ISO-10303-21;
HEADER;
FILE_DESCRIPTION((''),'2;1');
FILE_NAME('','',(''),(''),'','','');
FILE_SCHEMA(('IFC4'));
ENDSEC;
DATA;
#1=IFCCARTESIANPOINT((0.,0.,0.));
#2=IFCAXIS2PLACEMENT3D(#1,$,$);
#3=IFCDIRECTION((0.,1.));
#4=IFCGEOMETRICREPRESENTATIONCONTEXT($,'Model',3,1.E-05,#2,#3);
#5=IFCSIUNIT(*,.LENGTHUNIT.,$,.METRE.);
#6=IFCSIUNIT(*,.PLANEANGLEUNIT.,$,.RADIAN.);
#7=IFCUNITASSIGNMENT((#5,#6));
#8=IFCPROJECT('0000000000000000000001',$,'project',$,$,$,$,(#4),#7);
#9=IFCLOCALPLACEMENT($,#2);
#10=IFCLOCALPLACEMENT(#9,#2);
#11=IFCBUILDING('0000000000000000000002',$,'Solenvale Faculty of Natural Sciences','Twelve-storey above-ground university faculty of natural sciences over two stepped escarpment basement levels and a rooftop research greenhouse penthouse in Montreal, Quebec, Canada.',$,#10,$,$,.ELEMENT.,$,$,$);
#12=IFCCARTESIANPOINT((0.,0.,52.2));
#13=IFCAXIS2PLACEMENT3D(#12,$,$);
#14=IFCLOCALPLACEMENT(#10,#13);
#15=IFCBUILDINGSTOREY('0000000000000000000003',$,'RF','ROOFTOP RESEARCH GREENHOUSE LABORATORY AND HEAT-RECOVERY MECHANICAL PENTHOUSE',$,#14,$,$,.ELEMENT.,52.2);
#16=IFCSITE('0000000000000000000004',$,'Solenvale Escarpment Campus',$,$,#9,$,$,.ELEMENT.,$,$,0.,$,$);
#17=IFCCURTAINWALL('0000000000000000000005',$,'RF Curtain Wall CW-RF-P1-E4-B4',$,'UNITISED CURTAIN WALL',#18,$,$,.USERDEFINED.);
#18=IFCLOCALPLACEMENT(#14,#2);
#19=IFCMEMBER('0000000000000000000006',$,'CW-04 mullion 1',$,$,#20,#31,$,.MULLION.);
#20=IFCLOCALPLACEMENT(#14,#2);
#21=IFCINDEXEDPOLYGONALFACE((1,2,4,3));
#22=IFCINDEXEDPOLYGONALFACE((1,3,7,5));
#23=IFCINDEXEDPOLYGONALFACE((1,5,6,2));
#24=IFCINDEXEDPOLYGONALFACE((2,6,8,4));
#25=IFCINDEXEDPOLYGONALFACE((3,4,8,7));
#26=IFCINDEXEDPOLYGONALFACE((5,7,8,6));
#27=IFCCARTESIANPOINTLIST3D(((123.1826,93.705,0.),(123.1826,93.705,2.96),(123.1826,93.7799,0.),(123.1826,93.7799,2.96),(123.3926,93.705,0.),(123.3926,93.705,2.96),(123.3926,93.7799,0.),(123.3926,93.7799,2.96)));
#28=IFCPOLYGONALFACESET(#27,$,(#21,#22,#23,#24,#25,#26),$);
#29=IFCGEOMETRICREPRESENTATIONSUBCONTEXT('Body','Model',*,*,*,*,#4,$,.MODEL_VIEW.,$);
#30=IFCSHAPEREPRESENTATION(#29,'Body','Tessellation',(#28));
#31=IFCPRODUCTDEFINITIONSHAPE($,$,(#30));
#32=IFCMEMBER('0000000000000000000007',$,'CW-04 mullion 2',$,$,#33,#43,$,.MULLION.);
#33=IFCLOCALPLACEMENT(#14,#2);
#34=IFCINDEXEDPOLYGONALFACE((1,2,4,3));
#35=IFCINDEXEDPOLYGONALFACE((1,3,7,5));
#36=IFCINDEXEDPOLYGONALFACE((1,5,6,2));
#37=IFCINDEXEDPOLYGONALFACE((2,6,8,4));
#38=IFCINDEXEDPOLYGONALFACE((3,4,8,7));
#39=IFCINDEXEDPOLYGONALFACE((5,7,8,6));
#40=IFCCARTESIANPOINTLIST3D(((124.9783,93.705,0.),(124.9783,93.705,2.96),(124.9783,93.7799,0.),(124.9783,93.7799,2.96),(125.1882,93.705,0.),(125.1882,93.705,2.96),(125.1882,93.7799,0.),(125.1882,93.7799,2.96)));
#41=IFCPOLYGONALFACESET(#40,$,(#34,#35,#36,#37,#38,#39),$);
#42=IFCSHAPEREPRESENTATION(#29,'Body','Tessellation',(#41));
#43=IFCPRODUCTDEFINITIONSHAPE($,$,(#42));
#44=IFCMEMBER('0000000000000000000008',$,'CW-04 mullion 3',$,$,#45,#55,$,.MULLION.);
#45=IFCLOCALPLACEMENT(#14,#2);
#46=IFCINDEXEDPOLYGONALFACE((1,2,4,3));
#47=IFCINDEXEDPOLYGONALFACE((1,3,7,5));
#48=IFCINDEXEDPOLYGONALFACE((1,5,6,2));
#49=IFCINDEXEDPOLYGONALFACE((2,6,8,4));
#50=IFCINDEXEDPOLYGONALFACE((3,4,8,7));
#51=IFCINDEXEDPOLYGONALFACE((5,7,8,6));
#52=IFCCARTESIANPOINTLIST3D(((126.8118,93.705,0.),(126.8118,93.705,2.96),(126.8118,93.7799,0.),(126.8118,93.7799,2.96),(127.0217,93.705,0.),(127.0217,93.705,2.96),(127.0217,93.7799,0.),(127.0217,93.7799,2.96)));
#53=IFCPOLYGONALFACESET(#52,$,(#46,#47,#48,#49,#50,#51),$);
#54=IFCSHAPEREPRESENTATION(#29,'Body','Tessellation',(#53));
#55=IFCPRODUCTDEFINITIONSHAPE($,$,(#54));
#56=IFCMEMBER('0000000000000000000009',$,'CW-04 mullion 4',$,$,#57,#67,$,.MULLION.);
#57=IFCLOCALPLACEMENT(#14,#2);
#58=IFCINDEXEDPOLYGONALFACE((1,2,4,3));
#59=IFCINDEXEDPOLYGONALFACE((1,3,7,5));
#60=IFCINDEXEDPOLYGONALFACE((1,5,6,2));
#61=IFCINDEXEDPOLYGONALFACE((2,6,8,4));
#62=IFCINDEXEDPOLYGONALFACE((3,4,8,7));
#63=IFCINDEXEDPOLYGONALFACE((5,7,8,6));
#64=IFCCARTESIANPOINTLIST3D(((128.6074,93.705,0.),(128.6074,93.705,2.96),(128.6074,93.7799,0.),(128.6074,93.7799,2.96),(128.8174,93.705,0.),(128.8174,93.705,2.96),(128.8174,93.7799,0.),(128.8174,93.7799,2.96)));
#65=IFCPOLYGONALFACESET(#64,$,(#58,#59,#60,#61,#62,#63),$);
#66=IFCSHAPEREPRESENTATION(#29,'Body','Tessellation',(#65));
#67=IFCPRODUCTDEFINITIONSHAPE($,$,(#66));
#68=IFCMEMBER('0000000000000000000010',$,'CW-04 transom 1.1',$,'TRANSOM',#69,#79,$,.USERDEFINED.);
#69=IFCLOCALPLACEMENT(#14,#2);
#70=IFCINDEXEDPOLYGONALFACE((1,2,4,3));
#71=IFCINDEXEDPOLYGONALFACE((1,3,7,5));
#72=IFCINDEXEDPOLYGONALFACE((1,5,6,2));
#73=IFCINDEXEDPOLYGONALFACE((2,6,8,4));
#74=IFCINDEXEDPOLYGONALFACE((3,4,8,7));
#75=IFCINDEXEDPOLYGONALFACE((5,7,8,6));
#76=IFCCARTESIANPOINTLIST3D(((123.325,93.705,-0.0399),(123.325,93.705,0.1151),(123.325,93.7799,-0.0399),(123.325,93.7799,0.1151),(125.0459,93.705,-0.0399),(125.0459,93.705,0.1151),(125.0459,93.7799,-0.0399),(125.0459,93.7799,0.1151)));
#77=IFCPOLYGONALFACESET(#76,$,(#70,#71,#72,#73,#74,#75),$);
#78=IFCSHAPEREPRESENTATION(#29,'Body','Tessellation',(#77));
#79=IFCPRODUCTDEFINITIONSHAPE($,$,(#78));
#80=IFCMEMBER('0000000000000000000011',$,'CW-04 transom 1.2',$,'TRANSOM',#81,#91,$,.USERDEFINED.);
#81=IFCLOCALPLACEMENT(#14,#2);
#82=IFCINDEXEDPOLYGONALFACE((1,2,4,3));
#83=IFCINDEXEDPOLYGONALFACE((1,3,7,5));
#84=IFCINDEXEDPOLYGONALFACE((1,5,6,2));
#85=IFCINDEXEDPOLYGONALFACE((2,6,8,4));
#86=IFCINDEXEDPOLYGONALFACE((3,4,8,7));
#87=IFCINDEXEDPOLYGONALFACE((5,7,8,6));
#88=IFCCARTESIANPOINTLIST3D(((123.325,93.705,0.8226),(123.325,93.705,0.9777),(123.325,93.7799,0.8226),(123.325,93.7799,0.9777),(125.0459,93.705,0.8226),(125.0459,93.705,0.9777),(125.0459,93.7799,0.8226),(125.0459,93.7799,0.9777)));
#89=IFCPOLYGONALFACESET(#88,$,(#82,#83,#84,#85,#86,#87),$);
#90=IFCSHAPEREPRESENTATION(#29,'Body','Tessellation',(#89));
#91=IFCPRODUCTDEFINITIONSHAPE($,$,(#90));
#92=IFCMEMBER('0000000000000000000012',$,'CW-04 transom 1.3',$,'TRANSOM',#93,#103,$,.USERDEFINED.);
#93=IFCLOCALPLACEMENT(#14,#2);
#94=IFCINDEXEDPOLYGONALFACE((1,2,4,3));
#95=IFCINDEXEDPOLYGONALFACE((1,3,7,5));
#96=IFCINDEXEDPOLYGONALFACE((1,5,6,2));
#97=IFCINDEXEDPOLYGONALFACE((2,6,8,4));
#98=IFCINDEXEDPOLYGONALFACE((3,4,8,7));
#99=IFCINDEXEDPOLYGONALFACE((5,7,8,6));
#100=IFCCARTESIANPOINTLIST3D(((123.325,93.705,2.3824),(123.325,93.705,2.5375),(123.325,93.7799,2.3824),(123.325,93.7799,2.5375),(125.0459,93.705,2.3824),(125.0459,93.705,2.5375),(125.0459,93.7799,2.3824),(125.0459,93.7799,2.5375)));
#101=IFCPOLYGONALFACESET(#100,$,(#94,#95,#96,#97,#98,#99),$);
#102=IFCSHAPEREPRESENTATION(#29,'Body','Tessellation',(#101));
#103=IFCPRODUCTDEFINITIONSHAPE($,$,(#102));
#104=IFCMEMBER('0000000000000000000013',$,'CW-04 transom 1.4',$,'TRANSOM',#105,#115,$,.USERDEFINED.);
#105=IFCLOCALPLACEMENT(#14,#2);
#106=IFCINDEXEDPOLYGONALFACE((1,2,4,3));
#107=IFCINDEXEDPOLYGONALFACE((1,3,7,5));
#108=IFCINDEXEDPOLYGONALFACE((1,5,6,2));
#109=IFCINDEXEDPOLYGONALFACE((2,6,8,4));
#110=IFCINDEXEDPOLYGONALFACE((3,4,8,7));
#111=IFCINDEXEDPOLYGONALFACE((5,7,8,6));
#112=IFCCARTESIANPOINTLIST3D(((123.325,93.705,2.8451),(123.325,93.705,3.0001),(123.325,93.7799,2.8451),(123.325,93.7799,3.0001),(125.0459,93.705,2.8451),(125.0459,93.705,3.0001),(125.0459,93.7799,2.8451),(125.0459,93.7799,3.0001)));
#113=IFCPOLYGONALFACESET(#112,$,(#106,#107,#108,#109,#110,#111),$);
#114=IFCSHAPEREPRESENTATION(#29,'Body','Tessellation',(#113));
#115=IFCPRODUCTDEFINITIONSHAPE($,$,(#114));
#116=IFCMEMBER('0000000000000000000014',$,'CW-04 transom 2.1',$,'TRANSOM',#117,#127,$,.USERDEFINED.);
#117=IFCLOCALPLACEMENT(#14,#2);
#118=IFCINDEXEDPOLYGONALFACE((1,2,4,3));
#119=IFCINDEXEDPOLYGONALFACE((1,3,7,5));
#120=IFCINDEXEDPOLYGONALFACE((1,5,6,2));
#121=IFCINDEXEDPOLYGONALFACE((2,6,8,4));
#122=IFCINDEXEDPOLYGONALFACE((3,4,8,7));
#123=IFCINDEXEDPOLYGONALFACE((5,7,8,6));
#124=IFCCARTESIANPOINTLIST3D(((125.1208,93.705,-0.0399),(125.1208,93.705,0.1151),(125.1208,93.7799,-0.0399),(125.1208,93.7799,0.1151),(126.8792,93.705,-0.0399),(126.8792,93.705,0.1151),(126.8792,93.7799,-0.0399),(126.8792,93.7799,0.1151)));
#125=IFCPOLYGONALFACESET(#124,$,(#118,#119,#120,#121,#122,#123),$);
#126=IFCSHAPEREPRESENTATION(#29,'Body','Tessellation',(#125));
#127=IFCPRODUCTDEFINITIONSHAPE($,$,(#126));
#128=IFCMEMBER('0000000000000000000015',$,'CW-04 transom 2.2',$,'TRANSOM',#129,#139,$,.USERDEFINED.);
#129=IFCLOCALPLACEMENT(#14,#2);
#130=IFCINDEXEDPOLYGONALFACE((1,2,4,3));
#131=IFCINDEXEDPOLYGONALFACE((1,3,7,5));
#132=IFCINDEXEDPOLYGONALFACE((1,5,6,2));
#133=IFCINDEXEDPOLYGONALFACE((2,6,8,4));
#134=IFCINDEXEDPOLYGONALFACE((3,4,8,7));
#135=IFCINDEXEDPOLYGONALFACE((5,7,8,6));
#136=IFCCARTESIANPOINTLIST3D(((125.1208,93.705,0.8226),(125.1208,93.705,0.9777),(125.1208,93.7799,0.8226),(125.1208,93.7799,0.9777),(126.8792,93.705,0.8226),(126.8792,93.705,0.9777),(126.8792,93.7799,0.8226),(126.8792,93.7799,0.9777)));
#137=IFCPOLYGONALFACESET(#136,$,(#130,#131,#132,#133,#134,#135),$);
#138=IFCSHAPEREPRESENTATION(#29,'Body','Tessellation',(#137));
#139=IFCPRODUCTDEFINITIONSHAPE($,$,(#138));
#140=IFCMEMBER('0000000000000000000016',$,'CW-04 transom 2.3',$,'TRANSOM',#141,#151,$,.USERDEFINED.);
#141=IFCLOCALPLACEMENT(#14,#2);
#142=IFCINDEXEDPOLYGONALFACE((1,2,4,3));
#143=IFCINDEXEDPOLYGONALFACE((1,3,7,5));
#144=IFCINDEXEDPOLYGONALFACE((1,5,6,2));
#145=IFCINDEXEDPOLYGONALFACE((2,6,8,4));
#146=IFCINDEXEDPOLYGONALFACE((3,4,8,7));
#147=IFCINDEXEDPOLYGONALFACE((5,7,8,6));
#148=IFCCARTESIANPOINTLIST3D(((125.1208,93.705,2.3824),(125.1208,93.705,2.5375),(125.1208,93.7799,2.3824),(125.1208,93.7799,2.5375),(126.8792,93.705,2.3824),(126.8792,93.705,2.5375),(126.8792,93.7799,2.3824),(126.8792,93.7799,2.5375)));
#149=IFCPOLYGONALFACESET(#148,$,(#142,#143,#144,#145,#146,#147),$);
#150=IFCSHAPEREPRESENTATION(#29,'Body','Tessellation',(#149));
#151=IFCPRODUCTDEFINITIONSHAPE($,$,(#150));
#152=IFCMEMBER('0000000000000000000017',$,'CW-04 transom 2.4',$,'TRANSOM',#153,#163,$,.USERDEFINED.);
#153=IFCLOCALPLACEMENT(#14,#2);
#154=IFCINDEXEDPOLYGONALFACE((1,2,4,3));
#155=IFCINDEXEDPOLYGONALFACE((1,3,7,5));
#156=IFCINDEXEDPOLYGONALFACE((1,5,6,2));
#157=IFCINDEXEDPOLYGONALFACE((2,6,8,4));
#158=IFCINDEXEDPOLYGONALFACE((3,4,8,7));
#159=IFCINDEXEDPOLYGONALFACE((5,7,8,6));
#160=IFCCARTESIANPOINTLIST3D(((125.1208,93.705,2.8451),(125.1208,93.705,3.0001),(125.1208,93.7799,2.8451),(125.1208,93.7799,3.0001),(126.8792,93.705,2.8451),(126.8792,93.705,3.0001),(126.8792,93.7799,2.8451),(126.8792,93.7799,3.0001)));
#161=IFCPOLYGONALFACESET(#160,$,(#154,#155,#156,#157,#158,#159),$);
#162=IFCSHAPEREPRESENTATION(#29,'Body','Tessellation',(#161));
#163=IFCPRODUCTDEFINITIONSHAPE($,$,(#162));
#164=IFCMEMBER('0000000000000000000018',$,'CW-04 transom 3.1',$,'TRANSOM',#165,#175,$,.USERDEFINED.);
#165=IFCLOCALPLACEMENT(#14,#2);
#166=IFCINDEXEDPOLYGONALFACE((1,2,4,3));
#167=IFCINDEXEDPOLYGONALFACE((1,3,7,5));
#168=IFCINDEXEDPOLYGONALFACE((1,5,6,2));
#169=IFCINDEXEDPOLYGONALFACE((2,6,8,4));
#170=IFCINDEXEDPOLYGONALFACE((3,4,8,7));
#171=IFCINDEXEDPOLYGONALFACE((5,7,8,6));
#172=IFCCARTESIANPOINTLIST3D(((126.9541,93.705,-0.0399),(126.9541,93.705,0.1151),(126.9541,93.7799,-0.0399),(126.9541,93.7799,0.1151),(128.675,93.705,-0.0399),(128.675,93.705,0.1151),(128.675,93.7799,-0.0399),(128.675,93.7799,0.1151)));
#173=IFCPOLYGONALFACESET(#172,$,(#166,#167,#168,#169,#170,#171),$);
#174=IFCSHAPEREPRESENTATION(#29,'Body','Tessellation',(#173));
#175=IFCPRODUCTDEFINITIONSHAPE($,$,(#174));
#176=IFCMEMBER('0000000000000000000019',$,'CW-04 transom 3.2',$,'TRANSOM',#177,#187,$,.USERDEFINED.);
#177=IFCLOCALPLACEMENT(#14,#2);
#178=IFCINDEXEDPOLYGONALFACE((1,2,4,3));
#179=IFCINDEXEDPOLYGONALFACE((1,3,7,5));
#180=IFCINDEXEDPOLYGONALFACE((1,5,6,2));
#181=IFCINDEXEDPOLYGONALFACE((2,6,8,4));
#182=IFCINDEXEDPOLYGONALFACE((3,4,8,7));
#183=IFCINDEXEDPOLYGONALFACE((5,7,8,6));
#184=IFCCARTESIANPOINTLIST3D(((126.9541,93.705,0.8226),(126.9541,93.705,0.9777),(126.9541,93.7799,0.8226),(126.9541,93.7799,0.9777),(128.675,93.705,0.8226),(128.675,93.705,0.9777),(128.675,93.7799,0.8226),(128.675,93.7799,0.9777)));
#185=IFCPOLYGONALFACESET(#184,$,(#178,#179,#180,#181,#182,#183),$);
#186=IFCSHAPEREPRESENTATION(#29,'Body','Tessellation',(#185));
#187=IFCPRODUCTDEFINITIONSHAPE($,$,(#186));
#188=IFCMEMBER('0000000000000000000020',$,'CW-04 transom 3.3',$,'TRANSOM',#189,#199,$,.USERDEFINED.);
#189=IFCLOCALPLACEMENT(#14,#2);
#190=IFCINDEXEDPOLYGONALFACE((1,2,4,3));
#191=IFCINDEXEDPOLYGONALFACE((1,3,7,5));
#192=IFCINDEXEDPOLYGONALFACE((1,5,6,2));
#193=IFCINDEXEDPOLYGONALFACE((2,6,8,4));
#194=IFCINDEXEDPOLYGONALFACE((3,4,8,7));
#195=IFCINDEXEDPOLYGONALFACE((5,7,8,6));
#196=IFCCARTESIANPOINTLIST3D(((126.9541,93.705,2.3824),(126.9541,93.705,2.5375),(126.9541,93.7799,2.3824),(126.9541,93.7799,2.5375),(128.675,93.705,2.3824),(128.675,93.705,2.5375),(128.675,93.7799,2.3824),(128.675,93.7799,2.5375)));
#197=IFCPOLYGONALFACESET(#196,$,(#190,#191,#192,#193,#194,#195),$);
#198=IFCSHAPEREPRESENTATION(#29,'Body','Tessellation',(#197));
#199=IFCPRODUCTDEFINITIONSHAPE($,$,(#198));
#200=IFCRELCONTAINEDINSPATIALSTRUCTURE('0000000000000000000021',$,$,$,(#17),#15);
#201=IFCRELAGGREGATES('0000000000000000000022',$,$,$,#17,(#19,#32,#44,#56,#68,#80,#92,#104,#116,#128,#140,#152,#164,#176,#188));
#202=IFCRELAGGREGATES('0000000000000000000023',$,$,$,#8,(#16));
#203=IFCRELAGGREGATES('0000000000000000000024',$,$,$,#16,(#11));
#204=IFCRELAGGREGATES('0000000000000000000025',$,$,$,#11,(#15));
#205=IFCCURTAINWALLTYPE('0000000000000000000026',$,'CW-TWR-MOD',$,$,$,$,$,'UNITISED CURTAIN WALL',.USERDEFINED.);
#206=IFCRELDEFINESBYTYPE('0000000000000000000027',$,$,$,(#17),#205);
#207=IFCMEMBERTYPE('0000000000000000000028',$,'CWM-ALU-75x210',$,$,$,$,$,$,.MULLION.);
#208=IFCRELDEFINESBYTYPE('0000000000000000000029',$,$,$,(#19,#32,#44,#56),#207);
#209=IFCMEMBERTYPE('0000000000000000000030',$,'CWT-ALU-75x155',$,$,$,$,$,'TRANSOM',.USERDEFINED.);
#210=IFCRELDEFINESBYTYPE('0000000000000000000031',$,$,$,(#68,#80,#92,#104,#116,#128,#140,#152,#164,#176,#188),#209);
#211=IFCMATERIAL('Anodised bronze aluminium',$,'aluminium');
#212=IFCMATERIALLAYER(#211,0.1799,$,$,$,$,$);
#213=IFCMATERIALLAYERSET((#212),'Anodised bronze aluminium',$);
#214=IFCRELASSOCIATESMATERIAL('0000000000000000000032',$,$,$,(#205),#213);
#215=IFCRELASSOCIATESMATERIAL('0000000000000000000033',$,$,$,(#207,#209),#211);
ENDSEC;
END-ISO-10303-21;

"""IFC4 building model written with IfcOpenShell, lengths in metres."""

from ifc_helpers import new_model, si_unit, direction, frame, origin, origin_2d, place, context, subcontext, project, spatial, rectangle, extrude, material, layer, layer_set, material_profile, profile_set, type_object, element, aggregate, save


model = new_model("IFC4")

# Units and contexts
model_context = context("Model", 3, precision=1e-05, world=origin(), true_north=direction((0.0, 1.0)))
body_context = subcontext(model_context, "Body", "Model", "MODEL_VIEW")
ifc_project = project(units=[si_unit("LENGTHUNIT", "METRE"), si_unit("PLANEANGLEUNIT", "RADIAN")], contexts=[model_context])

# Site, building, storey
site_placement = place(None, origin())
site = spatial("IfcSite", under=ifc_project, at=site_placement, Name="Solenvale Escarpment Campus", CompositionType="ELEMENT", RefElevation=0.0)
building_placement = place(site_placement, origin())
building = spatial("IfcBuilding", under=site, at=building_placement, Name="Solenvale Faculty of Natural Sciences", Description="Twelve-storey above-ground university faculty of natural sciences over two stepped escarpment basement levels and a rooftop research greenhouse penthouse in Montreal, Quebec, Canada.", CompositionType="ELEMENT")
storey_placement = place(building_placement, frame((0.0, 0.0, 52.2)))
storey = spatial("IfcBuildingStorey", under=building, at=storey_placement, Name="RF", Description="ROOFTOP RESEARCH GREENHOUSE LABORATORY AND HEAT-RECOVERY MECHANICAL PENTHOUSE", CompositionType="ELEMENT", Elevation=52.2)

# Curtain wall, members
ifc_material_1 = material(Name="Anodised bronze aluminium", Category="aluminium")
ifc_layer_1 = layer(ifc_material_1, 0.1799)
ifc_layer_set_1 = layer_set([ifc_layer_1], Name="Anodised bronze aluminium")
curtain_wall_type = type_object("IfcCurtainWallType", Name="CW-TWR-MOD", ElementType="UNITISED CURTAIN WALL", PredefinedType="USERDEFINED", material=ifc_layer_set_1)
curtain_wall_placement = place(storey_placement, origin())
curtain_wall = element("IfcCurtainWall", 1, at=curtain_wall_placement, inside=storey, type_object=curtain_wall_type, Name="RF Curtain Wall CW-RF-P1-E4-B4", ObjectType="UNITISED CURTAIN WALL", PredefinedType="USERDEFINED")
ifc_material_profile_1 = material_profile(ifc_material_1, rectangle(XDim=0.075, YDim=0.21, at=origin_2d()), Name="ALU-MUL-75x210")
ifc_profile_set_1 = profile_set([ifc_material_profile_1], Name="Anodised bronze aluminium")
member_type_1 = type_object("IfcMemberType", Name="CWM-ALU-75x210", PredefinedType="MULLION", material=ifc_profile_set_1)
member_1_placement = place(storey_placement, frame((123.2876, 93.7424, 0.0), z_axis=(0.0, 0.0, 1.0), x_axis=(0.0, 1.0, 0.0)))
member_1 = element("IfcMember", 2, at=member_1_placement, type_object=member_type_1, Name="CW-04 mullion 1", PredefinedType="MULLION", context=body_context, shape_type="SweptSolid", body=[
    extrude(rectangle(XDim=0.075, YDim=0.21, at=origin_2d()), origin(), (0.0, 0.0, 1.0), 2.96),
])
member_2_placement = place(storey_placement, frame((125.0833, 93.7424, 0.0), z_axis=(0.0, 0.0, 1.0), x_axis=(0.0, 1.0, 0.0)))
member_2 = element("IfcMember", 3, at=member_2_placement, type_object=member_type_1, Name="CW-04 mullion 2", PredefinedType="MULLION", context=body_context, shape_type="SweptSolid", body=[
    extrude(rectangle(XDim=0.075, YDim=0.21, at=origin_2d()), origin(), (0.0, 0.0, 1.0), 2.96),
])
member_3_placement = place(storey_placement, frame((126.9167, 93.7424, 0.0), z_axis=(0.0, 0.0, 1.0), x_axis=(0.0, 1.0, 0.0)))
member_3 = element("IfcMember", 4, at=member_3_placement, type_object=member_type_1, Name="CW-04 mullion 3", PredefinedType="MULLION", context=body_context, shape_type="SweptSolid", body=[
    extrude(rectangle(XDim=0.075, YDim=0.21, at=origin_2d()), origin(), (0.0, 0.0, 1.0), 2.96),
])
member_4_placement = place(storey_placement, frame((128.7124, 93.7424, 0.0), z_axis=(0.0, 0.0, 1.0), x_axis=(0.0, 1.0, 0.0)))
member_4 = element("IfcMember", 5, at=member_4_placement, type_object=member_type_1, Name="CW-04 mullion 4", PredefinedType="MULLION", context=body_context, shape_type="SweptSolid", body=[
    extrude(rectangle(XDim=0.075, YDim=0.21, at=origin_2d()), origin(), (0.0, 0.0, 1.0), 2.96),
])
ifc_material_profile_2 = material_profile(ifc_material_1, rectangle(XDim=0.075, YDim=0.155, at=origin_2d()), Name="ALU-TRN-75x155")
ifc_profile_set_2 = profile_set([ifc_material_profile_2], Name="Anodised bronze aluminium")
member_type_2 = type_object("IfcMemberType", Name="CWT-ALU-75x155", ElementType="TRANSOM", PredefinedType="USERDEFINED", material=ifc_profile_set_2)
member_5_placement = place(storey_placement, frame((123.325, 93.7424, 0.0376), z_axis=(1.0, 0.0, 0.0), x_axis=(0.0, 1.0, 0.0)))
member_5 = element("IfcMember", 6, at=member_5_placement, type_object=member_type_2, Name="CW-04 transom 1.1", ObjectType="TRANSOM", PredefinedType="USERDEFINED", context=body_context, shape_type="SweptSolid", body=[
    extrude(rectangle(XDim=0.075, YDim=0.155, at=origin_2d()), origin(), (0.0, 0.0, 1.0), 1.7209),
])
member_6_placement = place(storey_placement, frame((123.325, 93.7424, 0.9001), z_axis=(1.0, 0.0, 0.0), x_axis=(0.0, 1.0, 0.0)))
member_6 = element("IfcMember", 7, at=member_6_placement, type_object=member_type_2, Name="CW-04 transom 1.2", ObjectType="TRANSOM", PredefinedType="USERDEFINED", context=body_context, shape_type="SweptSolid", body=[
    extrude(rectangle(XDim=0.075, YDim=0.155, at=origin_2d()), origin(), (0.0, 0.0, 1.0), 1.7209),
])
member_7_placement = place(storey_placement, frame((123.325, 93.7424, 2.46), z_axis=(1.0, 0.0, 0.0), x_axis=(0.0, 1.0, 0.0)))
member_7 = element("IfcMember", 8, at=member_7_placement, type_object=member_type_2, Name="CW-04 transom 1.3", ObjectType="TRANSOM", PredefinedType="USERDEFINED", context=body_context, shape_type="SweptSolid", body=[
    extrude(rectangle(XDim=0.075, YDim=0.155, at=origin_2d()), origin(), (0.0, 0.0, 1.0), 1.7209),
])
member_8_placement = place(storey_placement, frame((123.325, 93.7424, 2.9226), z_axis=(1.0, 0.0, 0.0), x_axis=(0.0, 1.0, 0.0)))
member_8 = element("IfcMember", 9, at=member_8_placement, type_object=member_type_2, Name="CW-04 transom 1.4", ObjectType="TRANSOM", PredefinedType="USERDEFINED", context=body_context, shape_type="SweptSolid", body=[
    extrude(rectangle(XDim=0.075, YDim=0.155, at=origin_2d()), origin(), (0.0, 0.0, 1.0), 1.7209),
])
member_9_placement = place(storey_placement, frame((125.1208, 93.7424, 0.0376), z_axis=(1.0, 0.0, 0.0), x_axis=(0.0, 1.0, 0.0)))
member_9 = element("IfcMember", 10, at=member_9_placement, type_object=member_type_2, Name="CW-04 transom 2.1", ObjectType="TRANSOM", PredefinedType="USERDEFINED", context=body_context, shape_type="SweptSolid", body=[
    extrude(rectangle(XDim=0.075, YDim=0.155, at=origin_2d()), origin(), (0.0, 0.0, 1.0), 1.7583),
])
member_10_placement = place(storey_placement, frame((125.1208, 93.7424, 0.9001), z_axis=(1.0, 0.0, 0.0), x_axis=(0.0, 1.0, 0.0)))
member_10 = element("IfcMember", 11, at=member_10_placement, type_object=member_type_2, Name="CW-04 transom 2.2", ObjectType="TRANSOM", PredefinedType="USERDEFINED", context=body_context, shape_type="SweptSolid", body=[
    extrude(rectangle(XDim=0.075, YDim=0.155, at=origin_2d()), origin(), (0.0, 0.0, 1.0), 1.7583),
])
member_11_placement = place(storey_placement, frame((125.1208, 93.7424, 2.46), z_axis=(1.0, 0.0, 0.0), x_axis=(0.0, 1.0, 0.0)))
member_11 = element("IfcMember", 12, at=member_11_placement, type_object=member_type_2, Name="CW-04 transom 2.3", ObjectType="TRANSOM", PredefinedType="USERDEFINED", context=body_context, shape_type="SweptSolid", body=[
    extrude(rectangle(XDim=0.075, YDim=0.155, at=origin_2d()), origin(), (0.0, 0.0, 1.0), 1.7583),
])
member_12_placement = place(storey_placement, frame((125.1208, 93.7424, 2.9226), z_axis=(1.0, 0.0, 0.0), x_axis=(0.0, 1.0, 0.0)))
member_12 = element("IfcMember", 13, at=member_12_placement, type_object=member_type_2, Name="CW-04 transom 2.4", ObjectType="TRANSOM", PredefinedType="USERDEFINED", context=body_context, shape_type="SweptSolid", body=[
    extrude(rectangle(XDim=0.075, YDim=0.155, at=origin_2d()), origin(), (0.0, 0.0, 1.0), 1.7583),
])
member_13_placement = place(storey_placement, frame((126.9541, 93.7424, 0.0376), z_axis=(1.0, 0.0, 0.0), x_axis=(0.0, 1.0, 0.0)))
member_13 = element("IfcMember", 14, at=member_13_placement, type_object=member_type_2, Name="CW-04 transom 3.1", ObjectType="TRANSOM", PredefinedType="USERDEFINED", context=body_context, shape_type="SweptSolid", body=[
    extrude(rectangle(XDim=0.075, YDim=0.155, at=origin_2d()), origin(), (0.0, 0.0, 1.0), 1.7209),
])
member_14_placement = place(storey_placement, frame((126.9541, 93.7424, 0.9001), z_axis=(1.0, 0.0, 0.0), x_axis=(0.0, 1.0, 0.0)))
member_14 = element("IfcMember", 15, at=member_14_placement, type_object=member_type_2, Name="CW-04 transom 3.2", ObjectType="TRANSOM", PredefinedType="USERDEFINED", context=body_context, shape_type="SweptSolid", body=[
    extrude(rectangle(XDim=0.075, YDim=0.155, at=origin_2d()), origin(), (0.0, 0.0, 1.0), 1.7209),
])
member_15_placement = place(storey_placement, frame((126.9541, 93.7424, 2.46), z_axis=(1.0, 0.0, 0.0), x_axis=(0.0, 1.0, 0.0)))
member_15 = element("IfcMember", 16, at=member_15_placement, type_object=member_type_2, Name="CW-04 transom 3.3", ObjectType="TRANSOM", PredefinedType="USERDEFINED", context=body_context, shape_type="SweptSolid", body=[
    extrude(rectangle(XDim=0.075, YDim=0.155, at=origin_2d()), origin(), (0.0, 0.0, 1.0), 1.7209),
])
aggregate(curtain_wall, [member_1, member_2, member_3, member_4, member_5, member_6, member_7, member_8, member_9, member_10, member_11, member_12, member_13, member_14, member_15])

save(model, "model.ifc")
